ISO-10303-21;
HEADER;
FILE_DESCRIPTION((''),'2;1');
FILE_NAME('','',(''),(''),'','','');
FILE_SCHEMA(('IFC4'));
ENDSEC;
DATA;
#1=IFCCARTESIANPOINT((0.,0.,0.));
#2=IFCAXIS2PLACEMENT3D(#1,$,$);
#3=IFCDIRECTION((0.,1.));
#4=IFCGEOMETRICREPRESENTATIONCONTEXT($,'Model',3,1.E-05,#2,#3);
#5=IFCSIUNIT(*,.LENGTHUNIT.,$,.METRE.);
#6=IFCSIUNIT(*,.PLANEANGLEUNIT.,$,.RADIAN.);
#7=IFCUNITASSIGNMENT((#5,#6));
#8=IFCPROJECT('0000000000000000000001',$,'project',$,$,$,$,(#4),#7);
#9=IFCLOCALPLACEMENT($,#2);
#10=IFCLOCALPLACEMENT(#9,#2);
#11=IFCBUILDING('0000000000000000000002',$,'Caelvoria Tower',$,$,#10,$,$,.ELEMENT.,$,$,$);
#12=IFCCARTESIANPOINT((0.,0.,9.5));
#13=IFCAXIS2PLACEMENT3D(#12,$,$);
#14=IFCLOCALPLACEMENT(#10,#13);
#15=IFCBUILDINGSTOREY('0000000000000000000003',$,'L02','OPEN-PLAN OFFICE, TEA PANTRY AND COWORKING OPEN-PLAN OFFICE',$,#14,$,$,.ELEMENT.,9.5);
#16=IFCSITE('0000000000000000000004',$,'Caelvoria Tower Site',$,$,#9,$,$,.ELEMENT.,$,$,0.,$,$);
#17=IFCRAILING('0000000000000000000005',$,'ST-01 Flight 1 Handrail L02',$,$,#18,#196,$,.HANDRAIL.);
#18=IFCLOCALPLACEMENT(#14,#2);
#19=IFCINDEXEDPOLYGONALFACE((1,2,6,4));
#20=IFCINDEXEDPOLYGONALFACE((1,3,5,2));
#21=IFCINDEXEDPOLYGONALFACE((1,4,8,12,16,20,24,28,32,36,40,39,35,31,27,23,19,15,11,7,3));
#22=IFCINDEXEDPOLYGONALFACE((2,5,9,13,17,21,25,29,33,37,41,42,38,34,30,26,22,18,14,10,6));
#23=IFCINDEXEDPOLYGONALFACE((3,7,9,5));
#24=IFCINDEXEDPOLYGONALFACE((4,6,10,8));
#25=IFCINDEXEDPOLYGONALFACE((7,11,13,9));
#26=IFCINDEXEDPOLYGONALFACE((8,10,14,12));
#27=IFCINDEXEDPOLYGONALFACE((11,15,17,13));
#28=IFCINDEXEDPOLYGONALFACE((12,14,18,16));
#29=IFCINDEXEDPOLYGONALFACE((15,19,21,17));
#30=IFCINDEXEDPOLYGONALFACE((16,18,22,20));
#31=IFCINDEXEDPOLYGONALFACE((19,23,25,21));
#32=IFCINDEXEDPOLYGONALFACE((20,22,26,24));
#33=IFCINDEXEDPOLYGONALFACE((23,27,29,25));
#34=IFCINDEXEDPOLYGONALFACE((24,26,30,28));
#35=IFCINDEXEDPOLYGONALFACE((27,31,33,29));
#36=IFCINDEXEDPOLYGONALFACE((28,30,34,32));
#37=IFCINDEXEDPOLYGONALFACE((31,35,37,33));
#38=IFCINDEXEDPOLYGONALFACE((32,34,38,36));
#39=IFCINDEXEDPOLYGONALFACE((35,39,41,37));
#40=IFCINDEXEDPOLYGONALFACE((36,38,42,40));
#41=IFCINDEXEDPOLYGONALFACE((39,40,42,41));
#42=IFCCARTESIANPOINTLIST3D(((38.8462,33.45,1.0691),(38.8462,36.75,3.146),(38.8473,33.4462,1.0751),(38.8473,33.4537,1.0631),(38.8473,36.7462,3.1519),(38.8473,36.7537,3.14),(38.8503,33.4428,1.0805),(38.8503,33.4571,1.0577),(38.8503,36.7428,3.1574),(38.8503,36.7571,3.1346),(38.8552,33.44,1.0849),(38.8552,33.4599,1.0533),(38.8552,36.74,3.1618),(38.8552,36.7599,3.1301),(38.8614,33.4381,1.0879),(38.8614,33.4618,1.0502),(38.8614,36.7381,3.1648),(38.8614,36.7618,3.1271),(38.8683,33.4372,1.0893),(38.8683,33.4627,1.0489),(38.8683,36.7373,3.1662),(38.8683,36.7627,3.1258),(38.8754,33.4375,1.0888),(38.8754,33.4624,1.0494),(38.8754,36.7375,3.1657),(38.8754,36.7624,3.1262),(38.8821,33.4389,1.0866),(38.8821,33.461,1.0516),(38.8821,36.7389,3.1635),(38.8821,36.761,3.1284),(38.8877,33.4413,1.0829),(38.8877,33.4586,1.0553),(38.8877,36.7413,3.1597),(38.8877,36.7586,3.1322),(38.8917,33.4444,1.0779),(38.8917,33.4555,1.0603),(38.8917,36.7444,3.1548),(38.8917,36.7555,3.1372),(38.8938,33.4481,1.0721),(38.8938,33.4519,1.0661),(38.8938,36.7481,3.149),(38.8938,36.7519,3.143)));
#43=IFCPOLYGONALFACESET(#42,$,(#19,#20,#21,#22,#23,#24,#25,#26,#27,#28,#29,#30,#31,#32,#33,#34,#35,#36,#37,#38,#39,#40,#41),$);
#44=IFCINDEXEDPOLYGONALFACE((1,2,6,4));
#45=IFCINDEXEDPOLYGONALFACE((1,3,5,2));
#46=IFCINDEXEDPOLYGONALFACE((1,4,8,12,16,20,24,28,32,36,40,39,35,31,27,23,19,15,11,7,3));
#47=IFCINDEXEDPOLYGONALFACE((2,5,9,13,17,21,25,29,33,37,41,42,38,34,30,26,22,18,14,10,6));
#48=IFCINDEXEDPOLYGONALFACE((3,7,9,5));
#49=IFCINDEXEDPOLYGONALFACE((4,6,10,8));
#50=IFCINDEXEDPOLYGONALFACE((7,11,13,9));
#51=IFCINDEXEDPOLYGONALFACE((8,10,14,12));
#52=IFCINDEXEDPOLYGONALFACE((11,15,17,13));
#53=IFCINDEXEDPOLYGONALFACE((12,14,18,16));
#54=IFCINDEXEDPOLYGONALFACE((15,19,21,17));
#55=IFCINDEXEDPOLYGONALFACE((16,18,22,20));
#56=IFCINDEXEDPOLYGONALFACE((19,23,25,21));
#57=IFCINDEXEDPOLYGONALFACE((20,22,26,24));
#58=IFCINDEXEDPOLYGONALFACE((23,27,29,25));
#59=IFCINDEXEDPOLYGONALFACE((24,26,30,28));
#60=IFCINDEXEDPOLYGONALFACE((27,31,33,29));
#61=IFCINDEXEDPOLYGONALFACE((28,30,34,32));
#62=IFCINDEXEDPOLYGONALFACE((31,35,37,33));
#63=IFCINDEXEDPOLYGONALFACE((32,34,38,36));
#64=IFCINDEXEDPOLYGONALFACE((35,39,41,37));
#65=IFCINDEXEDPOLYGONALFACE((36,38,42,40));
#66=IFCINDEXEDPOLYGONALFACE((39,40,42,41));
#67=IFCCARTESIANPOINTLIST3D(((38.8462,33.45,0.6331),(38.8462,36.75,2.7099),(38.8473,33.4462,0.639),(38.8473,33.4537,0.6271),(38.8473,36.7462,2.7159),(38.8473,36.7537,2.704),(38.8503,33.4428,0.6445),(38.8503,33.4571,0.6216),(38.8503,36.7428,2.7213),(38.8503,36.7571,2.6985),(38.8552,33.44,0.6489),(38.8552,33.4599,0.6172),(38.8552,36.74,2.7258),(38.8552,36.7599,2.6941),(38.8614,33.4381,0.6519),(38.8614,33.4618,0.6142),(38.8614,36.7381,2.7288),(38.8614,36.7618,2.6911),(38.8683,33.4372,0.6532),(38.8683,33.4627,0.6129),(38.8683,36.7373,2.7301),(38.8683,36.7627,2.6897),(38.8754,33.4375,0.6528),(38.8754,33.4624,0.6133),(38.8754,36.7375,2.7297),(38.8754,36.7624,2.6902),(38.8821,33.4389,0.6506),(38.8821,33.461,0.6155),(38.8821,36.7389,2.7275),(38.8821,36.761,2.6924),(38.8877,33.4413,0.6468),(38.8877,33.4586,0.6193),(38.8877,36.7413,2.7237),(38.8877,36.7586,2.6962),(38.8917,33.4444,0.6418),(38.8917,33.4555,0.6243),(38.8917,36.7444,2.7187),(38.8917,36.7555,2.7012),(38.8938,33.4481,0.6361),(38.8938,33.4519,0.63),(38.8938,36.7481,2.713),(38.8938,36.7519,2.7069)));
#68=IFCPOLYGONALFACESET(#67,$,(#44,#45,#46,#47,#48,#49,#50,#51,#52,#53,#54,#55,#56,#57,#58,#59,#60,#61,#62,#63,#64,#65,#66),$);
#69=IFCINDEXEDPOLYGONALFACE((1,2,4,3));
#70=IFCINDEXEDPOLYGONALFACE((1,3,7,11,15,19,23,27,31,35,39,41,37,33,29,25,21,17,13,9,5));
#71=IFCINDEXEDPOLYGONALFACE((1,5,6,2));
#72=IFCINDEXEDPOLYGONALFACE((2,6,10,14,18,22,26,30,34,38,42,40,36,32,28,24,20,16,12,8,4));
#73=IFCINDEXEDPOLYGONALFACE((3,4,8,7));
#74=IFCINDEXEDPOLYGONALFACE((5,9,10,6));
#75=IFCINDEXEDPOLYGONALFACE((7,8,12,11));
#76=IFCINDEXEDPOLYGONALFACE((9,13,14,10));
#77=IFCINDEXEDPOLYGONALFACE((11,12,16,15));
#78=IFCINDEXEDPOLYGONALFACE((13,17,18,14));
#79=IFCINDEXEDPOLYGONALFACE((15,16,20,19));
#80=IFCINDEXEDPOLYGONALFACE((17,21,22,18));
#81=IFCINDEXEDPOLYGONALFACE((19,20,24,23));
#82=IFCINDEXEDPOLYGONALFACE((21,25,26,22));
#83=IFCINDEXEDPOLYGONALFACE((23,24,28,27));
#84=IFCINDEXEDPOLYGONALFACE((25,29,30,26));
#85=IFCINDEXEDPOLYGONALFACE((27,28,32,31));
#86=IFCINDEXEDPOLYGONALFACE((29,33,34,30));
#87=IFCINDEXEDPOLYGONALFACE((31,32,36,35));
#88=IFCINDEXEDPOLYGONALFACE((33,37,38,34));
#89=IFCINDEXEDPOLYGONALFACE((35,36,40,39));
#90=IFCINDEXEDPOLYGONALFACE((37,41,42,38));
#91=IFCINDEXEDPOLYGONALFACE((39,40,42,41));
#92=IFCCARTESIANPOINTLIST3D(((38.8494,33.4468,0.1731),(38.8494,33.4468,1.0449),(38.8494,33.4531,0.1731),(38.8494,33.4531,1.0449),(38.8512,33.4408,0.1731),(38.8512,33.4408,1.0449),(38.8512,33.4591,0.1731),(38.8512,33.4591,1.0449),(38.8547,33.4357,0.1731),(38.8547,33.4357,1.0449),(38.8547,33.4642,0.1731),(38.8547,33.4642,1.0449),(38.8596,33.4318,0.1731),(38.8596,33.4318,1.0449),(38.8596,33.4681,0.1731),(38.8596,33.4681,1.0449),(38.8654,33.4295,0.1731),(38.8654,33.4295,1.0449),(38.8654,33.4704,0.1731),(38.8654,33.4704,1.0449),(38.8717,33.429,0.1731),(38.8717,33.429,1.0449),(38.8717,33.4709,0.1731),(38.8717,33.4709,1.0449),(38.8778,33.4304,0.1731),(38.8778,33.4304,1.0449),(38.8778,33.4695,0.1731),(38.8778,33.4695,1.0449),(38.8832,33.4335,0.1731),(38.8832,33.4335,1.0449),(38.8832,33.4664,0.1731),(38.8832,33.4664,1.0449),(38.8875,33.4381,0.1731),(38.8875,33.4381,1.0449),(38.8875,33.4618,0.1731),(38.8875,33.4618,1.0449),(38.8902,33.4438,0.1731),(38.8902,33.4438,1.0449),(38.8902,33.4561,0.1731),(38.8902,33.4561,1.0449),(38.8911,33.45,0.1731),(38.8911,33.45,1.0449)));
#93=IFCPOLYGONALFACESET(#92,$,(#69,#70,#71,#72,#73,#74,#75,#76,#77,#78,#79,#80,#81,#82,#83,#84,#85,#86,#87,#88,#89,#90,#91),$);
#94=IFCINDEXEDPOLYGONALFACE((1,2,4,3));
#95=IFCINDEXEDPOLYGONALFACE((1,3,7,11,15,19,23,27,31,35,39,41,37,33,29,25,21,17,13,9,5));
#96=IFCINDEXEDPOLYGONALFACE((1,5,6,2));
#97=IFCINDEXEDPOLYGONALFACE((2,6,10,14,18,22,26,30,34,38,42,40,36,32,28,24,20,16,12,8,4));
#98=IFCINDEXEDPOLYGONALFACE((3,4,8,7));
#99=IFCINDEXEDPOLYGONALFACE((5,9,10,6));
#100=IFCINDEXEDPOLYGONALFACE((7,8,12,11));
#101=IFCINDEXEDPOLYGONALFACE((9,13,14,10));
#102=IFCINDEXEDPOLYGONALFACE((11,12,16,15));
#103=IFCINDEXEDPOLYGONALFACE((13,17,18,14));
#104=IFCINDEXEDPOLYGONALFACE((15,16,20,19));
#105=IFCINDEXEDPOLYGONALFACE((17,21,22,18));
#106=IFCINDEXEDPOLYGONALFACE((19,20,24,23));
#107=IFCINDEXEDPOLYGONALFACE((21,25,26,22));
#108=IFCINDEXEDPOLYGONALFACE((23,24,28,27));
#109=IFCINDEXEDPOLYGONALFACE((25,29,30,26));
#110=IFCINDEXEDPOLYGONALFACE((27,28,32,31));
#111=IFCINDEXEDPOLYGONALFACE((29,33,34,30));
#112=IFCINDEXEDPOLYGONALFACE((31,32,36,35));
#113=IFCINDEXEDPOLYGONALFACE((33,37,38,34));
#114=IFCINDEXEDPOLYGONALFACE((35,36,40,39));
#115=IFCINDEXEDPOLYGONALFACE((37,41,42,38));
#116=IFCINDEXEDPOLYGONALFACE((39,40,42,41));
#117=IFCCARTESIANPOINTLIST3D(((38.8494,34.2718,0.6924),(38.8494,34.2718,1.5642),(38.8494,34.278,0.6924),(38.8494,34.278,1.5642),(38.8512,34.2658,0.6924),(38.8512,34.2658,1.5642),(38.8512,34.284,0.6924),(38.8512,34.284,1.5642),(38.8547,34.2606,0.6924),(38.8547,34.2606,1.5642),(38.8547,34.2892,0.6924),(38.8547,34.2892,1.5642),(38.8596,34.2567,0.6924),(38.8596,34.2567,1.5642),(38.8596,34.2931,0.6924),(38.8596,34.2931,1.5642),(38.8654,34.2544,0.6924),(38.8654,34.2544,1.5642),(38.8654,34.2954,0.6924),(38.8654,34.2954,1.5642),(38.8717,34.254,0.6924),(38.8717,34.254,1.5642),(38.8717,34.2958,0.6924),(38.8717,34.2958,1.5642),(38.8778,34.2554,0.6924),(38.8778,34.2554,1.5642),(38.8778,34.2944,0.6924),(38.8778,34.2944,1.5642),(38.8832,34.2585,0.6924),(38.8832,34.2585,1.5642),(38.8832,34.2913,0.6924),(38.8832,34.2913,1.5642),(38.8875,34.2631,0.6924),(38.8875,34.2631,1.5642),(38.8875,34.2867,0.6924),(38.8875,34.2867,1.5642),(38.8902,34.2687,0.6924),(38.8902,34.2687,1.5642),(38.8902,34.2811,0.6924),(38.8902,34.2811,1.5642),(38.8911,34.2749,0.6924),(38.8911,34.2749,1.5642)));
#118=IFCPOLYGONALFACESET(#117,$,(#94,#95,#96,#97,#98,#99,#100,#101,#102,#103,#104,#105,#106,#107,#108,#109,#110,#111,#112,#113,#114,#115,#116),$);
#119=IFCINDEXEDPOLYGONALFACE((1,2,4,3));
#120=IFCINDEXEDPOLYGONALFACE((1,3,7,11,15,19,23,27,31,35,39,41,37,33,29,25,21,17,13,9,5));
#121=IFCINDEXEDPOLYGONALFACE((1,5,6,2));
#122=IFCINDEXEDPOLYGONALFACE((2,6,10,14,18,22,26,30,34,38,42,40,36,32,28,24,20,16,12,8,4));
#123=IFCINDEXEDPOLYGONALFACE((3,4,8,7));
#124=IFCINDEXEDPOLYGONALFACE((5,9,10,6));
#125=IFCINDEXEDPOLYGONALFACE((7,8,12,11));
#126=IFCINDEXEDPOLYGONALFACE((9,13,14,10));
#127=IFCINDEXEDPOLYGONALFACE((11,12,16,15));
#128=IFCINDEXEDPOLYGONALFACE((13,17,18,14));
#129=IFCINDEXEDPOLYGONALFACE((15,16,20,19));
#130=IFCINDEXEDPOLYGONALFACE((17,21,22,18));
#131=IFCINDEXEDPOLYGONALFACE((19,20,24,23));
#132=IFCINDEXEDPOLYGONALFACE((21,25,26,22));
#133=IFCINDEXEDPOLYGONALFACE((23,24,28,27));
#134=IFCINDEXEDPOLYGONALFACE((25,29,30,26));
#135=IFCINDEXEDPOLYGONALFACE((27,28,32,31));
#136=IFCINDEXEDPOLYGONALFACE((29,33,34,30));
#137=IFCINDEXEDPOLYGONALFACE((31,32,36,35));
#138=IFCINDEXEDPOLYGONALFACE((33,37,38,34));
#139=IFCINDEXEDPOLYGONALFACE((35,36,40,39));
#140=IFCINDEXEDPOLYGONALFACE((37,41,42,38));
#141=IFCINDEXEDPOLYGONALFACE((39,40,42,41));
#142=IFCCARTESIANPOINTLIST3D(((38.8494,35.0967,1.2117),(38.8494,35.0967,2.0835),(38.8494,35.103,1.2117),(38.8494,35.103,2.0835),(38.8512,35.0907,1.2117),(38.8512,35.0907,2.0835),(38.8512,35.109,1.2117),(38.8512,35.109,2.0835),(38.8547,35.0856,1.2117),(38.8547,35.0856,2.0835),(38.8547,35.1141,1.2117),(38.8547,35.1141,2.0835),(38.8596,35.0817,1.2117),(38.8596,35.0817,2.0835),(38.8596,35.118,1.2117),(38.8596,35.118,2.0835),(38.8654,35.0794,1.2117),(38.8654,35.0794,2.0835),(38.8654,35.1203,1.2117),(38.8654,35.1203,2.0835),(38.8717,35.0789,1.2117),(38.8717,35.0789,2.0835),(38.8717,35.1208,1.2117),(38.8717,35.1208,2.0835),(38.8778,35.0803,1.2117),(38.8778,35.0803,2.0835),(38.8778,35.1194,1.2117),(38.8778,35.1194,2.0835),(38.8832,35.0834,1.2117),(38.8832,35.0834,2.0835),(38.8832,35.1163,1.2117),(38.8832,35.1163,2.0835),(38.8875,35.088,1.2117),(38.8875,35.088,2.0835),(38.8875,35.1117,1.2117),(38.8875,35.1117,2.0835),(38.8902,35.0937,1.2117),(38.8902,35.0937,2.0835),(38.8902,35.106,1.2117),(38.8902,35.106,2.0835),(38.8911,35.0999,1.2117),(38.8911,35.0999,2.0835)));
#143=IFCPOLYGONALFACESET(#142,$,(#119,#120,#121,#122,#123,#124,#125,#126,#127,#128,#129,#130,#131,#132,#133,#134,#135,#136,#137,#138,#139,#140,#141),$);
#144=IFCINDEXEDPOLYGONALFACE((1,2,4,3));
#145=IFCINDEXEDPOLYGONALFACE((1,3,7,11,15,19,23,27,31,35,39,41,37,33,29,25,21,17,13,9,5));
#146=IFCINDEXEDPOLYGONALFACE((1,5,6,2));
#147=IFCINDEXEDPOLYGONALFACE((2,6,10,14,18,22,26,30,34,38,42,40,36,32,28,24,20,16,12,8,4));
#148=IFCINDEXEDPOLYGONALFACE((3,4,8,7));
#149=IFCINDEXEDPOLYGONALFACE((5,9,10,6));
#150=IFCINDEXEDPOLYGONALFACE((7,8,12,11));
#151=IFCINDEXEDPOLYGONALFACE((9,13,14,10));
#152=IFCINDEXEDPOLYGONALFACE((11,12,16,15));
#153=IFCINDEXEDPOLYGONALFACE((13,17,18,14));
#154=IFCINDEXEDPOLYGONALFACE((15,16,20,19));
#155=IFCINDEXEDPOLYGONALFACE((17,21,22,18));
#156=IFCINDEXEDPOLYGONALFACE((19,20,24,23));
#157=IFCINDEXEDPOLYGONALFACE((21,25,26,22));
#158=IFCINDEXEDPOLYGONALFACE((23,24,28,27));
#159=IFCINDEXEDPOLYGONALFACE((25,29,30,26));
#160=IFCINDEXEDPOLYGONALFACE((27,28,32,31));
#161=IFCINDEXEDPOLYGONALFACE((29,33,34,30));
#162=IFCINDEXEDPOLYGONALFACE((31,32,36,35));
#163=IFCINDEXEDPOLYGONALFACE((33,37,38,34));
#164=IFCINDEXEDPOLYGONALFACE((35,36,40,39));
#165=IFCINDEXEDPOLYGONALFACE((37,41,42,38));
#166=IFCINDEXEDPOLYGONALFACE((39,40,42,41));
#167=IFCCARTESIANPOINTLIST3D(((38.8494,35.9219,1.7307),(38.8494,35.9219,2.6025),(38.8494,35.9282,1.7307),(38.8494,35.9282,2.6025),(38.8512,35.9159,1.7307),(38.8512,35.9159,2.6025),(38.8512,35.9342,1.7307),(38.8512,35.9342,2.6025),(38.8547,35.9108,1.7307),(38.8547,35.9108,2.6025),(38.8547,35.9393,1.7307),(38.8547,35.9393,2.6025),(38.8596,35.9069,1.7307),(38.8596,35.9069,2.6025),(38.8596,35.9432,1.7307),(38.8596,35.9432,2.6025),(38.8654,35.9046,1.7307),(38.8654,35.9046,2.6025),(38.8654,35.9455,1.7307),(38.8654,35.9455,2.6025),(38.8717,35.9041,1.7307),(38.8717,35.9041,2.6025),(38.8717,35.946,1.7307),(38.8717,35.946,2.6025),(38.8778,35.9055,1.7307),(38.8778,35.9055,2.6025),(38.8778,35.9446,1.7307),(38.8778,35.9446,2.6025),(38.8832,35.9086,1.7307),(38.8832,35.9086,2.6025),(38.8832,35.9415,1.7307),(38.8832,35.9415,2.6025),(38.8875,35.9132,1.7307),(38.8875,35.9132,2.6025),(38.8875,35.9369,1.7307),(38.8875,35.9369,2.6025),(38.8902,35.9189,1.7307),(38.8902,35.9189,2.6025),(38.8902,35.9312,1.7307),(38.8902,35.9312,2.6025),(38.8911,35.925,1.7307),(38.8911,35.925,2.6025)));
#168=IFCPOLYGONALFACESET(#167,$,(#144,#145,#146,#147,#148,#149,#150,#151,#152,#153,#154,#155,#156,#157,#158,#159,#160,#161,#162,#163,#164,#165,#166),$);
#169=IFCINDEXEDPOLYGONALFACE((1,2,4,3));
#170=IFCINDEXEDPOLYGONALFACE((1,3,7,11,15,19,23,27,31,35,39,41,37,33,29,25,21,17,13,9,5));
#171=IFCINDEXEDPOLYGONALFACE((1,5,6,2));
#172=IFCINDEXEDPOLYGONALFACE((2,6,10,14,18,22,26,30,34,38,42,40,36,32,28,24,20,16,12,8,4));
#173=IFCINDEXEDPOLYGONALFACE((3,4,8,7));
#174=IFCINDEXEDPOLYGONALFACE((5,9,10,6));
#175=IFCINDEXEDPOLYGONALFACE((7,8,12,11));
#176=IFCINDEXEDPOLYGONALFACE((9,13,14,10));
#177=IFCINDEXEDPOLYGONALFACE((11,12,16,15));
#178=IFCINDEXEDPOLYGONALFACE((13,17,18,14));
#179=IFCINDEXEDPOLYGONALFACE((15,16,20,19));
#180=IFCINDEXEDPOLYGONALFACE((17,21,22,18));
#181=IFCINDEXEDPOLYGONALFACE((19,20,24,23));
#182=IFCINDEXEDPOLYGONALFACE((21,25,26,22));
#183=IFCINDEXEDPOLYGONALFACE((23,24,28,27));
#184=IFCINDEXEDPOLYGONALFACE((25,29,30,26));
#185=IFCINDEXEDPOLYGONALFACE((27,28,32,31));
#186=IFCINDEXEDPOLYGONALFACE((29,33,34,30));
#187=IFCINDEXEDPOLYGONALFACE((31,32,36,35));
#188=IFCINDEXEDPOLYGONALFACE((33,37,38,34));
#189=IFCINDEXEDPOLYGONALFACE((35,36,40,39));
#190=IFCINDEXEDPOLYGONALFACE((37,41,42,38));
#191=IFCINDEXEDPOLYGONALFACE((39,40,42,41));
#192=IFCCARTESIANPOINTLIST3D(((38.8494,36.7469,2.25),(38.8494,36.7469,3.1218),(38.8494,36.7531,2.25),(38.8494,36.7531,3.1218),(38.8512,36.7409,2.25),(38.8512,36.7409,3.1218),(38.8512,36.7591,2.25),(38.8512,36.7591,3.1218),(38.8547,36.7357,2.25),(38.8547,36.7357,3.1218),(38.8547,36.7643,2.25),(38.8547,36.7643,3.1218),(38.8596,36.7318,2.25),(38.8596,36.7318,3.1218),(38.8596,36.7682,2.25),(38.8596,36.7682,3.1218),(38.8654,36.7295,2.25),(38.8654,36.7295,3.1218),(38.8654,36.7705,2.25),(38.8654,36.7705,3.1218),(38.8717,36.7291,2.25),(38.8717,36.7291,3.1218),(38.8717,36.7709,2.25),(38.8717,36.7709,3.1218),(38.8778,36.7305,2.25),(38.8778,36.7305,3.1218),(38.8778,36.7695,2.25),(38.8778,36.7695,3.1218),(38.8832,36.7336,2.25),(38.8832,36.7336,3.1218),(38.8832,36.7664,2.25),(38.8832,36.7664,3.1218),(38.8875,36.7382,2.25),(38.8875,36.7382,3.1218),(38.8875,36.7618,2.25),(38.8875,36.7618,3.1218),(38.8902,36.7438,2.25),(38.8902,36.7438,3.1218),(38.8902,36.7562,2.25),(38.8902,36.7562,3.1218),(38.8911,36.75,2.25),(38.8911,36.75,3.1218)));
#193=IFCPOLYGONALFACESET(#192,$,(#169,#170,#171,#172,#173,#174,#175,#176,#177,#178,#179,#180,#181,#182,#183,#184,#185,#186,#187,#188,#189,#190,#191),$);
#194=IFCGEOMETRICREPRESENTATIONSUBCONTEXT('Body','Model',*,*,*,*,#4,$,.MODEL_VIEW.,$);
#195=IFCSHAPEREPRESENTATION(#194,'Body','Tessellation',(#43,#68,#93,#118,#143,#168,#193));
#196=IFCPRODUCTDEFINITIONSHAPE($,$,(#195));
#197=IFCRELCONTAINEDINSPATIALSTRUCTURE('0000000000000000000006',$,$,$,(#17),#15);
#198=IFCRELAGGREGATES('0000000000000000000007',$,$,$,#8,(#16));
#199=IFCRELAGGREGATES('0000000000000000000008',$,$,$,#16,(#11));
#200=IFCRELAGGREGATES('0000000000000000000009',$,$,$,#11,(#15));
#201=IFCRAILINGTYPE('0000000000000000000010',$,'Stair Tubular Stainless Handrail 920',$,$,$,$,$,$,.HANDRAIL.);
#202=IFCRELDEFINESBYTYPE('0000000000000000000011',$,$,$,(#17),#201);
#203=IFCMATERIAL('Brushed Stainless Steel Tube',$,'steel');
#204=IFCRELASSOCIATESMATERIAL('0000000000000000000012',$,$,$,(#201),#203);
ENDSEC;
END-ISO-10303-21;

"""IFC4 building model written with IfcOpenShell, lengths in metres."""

from ifc_helpers import new_model, si_unit, direction, frame, origin, origin_2d, place, context, subcontext, project, spatial, circle, extrude, material, type_object, element, save


model = new_model("IFC4")

# Units and contexts
model_context = context("Model", 3, precision=1e-05, world=origin(), true_north=direction((0.0, 1.0)))
body_context = subcontext(model_context, "Body", "Model", "MODEL_VIEW")
ifc_project = project(units=[si_unit("LENGTHUNIT", "METRE"), si_unit("PLANEANGLEUNIT", "RADIAN")], contexts=[model_context])

# Site, building, storey
site_placement = place(None, origin())
site = spatial("IfcSite", under=ifc_project, at=site_placement, Name="Caelvoria Tower Site", CompositionType="ELEMENT", RefElevation=0.0)
building_placement = place(site_placement, origin())
building = spatial("IfcBuilding", under=site, at=building_placement, Name="Caelvoria Tower", CompositionType="ELEMENT")
storey_placement = place(building_placement, frame((0.0, 0.0, 9.5)))
storey = spatial("IfcBuildingStorey", under=building, at=storey_placement, Name="L02", Description="OPEN-PLAN OFFICE, TEA PANTRY AND COWORKING OPEN-PLAN OFFICE", CompositionType="ELEMENT", Elevation=9.5)

# Railing
ifc_material_1 = material(Name="Brushed Stainless Steel Tube", Category="steel")
railing_type_1 = type_object("IfcRailingType", Name="Stair Tubular Stainless Handrail 920", PredefinedType="HANDRAIL", material=ifc_material_1)
railing_1_placement = place(storey_placement, frame((38.8701, 33.45, 0.1731)))
element("IfcRailing", 1, at=railing_1_placement, inside=storey, type_object=railing_type_1, Name="ST-01 Flight 1 Handrail L02", PredefinedType="HANDRAIL", context=body_context, shape_type="SweptSolid", body=[
    extrude(circle(Radius=0.0239, at=origin_2d()), frame((0.0, 0.0, 0.896), z_axis=(0.0, 0.846337, 0.532647), x_axis=(-1.0, 0.0, 0.0)), (0.0, 0.0, 1.0), 3.8992),
    extrude(circle(Radius=0.0239, at=origin_2d()), frame((0.0, 0.0, 0.46), z_axis=(0.0, 0.846337, 0.532647), x_axis=(-1.0, 0.0, 0.0)), (0.0, 0.0, 1.0), 3.8992),
    extrude(circle(Radius=0.021, at=origin_2d()), origin(), (0.0, 0.0, 1.0), 0.8718),
    extrude(circle(Radius=0.021, at=origin_2d()), frame((0.0, 0.825, 0.5193)), (0.0, 0.0, 1.0), 0.8718),
    extrude(circle(Radius=0.021, at=origin_2d()), frame((0.0, 1.6499, 1.0386)), (0.0, 0.0, 1.0), 0.8718),
    extrude(circle(Radius=0.021, at=origin_2d()), frame((0.0, 2.4751, 1.5576)), (0.0, 0.0, 1.0), 0.8718),
    extrude(circle(Radius=0.021, at=origin_2d()), frame((0.0, 3.3, 2.0769)), (0.0, 0.0, 1.0), 0.8718),
])

save(model, "model.ifc")
